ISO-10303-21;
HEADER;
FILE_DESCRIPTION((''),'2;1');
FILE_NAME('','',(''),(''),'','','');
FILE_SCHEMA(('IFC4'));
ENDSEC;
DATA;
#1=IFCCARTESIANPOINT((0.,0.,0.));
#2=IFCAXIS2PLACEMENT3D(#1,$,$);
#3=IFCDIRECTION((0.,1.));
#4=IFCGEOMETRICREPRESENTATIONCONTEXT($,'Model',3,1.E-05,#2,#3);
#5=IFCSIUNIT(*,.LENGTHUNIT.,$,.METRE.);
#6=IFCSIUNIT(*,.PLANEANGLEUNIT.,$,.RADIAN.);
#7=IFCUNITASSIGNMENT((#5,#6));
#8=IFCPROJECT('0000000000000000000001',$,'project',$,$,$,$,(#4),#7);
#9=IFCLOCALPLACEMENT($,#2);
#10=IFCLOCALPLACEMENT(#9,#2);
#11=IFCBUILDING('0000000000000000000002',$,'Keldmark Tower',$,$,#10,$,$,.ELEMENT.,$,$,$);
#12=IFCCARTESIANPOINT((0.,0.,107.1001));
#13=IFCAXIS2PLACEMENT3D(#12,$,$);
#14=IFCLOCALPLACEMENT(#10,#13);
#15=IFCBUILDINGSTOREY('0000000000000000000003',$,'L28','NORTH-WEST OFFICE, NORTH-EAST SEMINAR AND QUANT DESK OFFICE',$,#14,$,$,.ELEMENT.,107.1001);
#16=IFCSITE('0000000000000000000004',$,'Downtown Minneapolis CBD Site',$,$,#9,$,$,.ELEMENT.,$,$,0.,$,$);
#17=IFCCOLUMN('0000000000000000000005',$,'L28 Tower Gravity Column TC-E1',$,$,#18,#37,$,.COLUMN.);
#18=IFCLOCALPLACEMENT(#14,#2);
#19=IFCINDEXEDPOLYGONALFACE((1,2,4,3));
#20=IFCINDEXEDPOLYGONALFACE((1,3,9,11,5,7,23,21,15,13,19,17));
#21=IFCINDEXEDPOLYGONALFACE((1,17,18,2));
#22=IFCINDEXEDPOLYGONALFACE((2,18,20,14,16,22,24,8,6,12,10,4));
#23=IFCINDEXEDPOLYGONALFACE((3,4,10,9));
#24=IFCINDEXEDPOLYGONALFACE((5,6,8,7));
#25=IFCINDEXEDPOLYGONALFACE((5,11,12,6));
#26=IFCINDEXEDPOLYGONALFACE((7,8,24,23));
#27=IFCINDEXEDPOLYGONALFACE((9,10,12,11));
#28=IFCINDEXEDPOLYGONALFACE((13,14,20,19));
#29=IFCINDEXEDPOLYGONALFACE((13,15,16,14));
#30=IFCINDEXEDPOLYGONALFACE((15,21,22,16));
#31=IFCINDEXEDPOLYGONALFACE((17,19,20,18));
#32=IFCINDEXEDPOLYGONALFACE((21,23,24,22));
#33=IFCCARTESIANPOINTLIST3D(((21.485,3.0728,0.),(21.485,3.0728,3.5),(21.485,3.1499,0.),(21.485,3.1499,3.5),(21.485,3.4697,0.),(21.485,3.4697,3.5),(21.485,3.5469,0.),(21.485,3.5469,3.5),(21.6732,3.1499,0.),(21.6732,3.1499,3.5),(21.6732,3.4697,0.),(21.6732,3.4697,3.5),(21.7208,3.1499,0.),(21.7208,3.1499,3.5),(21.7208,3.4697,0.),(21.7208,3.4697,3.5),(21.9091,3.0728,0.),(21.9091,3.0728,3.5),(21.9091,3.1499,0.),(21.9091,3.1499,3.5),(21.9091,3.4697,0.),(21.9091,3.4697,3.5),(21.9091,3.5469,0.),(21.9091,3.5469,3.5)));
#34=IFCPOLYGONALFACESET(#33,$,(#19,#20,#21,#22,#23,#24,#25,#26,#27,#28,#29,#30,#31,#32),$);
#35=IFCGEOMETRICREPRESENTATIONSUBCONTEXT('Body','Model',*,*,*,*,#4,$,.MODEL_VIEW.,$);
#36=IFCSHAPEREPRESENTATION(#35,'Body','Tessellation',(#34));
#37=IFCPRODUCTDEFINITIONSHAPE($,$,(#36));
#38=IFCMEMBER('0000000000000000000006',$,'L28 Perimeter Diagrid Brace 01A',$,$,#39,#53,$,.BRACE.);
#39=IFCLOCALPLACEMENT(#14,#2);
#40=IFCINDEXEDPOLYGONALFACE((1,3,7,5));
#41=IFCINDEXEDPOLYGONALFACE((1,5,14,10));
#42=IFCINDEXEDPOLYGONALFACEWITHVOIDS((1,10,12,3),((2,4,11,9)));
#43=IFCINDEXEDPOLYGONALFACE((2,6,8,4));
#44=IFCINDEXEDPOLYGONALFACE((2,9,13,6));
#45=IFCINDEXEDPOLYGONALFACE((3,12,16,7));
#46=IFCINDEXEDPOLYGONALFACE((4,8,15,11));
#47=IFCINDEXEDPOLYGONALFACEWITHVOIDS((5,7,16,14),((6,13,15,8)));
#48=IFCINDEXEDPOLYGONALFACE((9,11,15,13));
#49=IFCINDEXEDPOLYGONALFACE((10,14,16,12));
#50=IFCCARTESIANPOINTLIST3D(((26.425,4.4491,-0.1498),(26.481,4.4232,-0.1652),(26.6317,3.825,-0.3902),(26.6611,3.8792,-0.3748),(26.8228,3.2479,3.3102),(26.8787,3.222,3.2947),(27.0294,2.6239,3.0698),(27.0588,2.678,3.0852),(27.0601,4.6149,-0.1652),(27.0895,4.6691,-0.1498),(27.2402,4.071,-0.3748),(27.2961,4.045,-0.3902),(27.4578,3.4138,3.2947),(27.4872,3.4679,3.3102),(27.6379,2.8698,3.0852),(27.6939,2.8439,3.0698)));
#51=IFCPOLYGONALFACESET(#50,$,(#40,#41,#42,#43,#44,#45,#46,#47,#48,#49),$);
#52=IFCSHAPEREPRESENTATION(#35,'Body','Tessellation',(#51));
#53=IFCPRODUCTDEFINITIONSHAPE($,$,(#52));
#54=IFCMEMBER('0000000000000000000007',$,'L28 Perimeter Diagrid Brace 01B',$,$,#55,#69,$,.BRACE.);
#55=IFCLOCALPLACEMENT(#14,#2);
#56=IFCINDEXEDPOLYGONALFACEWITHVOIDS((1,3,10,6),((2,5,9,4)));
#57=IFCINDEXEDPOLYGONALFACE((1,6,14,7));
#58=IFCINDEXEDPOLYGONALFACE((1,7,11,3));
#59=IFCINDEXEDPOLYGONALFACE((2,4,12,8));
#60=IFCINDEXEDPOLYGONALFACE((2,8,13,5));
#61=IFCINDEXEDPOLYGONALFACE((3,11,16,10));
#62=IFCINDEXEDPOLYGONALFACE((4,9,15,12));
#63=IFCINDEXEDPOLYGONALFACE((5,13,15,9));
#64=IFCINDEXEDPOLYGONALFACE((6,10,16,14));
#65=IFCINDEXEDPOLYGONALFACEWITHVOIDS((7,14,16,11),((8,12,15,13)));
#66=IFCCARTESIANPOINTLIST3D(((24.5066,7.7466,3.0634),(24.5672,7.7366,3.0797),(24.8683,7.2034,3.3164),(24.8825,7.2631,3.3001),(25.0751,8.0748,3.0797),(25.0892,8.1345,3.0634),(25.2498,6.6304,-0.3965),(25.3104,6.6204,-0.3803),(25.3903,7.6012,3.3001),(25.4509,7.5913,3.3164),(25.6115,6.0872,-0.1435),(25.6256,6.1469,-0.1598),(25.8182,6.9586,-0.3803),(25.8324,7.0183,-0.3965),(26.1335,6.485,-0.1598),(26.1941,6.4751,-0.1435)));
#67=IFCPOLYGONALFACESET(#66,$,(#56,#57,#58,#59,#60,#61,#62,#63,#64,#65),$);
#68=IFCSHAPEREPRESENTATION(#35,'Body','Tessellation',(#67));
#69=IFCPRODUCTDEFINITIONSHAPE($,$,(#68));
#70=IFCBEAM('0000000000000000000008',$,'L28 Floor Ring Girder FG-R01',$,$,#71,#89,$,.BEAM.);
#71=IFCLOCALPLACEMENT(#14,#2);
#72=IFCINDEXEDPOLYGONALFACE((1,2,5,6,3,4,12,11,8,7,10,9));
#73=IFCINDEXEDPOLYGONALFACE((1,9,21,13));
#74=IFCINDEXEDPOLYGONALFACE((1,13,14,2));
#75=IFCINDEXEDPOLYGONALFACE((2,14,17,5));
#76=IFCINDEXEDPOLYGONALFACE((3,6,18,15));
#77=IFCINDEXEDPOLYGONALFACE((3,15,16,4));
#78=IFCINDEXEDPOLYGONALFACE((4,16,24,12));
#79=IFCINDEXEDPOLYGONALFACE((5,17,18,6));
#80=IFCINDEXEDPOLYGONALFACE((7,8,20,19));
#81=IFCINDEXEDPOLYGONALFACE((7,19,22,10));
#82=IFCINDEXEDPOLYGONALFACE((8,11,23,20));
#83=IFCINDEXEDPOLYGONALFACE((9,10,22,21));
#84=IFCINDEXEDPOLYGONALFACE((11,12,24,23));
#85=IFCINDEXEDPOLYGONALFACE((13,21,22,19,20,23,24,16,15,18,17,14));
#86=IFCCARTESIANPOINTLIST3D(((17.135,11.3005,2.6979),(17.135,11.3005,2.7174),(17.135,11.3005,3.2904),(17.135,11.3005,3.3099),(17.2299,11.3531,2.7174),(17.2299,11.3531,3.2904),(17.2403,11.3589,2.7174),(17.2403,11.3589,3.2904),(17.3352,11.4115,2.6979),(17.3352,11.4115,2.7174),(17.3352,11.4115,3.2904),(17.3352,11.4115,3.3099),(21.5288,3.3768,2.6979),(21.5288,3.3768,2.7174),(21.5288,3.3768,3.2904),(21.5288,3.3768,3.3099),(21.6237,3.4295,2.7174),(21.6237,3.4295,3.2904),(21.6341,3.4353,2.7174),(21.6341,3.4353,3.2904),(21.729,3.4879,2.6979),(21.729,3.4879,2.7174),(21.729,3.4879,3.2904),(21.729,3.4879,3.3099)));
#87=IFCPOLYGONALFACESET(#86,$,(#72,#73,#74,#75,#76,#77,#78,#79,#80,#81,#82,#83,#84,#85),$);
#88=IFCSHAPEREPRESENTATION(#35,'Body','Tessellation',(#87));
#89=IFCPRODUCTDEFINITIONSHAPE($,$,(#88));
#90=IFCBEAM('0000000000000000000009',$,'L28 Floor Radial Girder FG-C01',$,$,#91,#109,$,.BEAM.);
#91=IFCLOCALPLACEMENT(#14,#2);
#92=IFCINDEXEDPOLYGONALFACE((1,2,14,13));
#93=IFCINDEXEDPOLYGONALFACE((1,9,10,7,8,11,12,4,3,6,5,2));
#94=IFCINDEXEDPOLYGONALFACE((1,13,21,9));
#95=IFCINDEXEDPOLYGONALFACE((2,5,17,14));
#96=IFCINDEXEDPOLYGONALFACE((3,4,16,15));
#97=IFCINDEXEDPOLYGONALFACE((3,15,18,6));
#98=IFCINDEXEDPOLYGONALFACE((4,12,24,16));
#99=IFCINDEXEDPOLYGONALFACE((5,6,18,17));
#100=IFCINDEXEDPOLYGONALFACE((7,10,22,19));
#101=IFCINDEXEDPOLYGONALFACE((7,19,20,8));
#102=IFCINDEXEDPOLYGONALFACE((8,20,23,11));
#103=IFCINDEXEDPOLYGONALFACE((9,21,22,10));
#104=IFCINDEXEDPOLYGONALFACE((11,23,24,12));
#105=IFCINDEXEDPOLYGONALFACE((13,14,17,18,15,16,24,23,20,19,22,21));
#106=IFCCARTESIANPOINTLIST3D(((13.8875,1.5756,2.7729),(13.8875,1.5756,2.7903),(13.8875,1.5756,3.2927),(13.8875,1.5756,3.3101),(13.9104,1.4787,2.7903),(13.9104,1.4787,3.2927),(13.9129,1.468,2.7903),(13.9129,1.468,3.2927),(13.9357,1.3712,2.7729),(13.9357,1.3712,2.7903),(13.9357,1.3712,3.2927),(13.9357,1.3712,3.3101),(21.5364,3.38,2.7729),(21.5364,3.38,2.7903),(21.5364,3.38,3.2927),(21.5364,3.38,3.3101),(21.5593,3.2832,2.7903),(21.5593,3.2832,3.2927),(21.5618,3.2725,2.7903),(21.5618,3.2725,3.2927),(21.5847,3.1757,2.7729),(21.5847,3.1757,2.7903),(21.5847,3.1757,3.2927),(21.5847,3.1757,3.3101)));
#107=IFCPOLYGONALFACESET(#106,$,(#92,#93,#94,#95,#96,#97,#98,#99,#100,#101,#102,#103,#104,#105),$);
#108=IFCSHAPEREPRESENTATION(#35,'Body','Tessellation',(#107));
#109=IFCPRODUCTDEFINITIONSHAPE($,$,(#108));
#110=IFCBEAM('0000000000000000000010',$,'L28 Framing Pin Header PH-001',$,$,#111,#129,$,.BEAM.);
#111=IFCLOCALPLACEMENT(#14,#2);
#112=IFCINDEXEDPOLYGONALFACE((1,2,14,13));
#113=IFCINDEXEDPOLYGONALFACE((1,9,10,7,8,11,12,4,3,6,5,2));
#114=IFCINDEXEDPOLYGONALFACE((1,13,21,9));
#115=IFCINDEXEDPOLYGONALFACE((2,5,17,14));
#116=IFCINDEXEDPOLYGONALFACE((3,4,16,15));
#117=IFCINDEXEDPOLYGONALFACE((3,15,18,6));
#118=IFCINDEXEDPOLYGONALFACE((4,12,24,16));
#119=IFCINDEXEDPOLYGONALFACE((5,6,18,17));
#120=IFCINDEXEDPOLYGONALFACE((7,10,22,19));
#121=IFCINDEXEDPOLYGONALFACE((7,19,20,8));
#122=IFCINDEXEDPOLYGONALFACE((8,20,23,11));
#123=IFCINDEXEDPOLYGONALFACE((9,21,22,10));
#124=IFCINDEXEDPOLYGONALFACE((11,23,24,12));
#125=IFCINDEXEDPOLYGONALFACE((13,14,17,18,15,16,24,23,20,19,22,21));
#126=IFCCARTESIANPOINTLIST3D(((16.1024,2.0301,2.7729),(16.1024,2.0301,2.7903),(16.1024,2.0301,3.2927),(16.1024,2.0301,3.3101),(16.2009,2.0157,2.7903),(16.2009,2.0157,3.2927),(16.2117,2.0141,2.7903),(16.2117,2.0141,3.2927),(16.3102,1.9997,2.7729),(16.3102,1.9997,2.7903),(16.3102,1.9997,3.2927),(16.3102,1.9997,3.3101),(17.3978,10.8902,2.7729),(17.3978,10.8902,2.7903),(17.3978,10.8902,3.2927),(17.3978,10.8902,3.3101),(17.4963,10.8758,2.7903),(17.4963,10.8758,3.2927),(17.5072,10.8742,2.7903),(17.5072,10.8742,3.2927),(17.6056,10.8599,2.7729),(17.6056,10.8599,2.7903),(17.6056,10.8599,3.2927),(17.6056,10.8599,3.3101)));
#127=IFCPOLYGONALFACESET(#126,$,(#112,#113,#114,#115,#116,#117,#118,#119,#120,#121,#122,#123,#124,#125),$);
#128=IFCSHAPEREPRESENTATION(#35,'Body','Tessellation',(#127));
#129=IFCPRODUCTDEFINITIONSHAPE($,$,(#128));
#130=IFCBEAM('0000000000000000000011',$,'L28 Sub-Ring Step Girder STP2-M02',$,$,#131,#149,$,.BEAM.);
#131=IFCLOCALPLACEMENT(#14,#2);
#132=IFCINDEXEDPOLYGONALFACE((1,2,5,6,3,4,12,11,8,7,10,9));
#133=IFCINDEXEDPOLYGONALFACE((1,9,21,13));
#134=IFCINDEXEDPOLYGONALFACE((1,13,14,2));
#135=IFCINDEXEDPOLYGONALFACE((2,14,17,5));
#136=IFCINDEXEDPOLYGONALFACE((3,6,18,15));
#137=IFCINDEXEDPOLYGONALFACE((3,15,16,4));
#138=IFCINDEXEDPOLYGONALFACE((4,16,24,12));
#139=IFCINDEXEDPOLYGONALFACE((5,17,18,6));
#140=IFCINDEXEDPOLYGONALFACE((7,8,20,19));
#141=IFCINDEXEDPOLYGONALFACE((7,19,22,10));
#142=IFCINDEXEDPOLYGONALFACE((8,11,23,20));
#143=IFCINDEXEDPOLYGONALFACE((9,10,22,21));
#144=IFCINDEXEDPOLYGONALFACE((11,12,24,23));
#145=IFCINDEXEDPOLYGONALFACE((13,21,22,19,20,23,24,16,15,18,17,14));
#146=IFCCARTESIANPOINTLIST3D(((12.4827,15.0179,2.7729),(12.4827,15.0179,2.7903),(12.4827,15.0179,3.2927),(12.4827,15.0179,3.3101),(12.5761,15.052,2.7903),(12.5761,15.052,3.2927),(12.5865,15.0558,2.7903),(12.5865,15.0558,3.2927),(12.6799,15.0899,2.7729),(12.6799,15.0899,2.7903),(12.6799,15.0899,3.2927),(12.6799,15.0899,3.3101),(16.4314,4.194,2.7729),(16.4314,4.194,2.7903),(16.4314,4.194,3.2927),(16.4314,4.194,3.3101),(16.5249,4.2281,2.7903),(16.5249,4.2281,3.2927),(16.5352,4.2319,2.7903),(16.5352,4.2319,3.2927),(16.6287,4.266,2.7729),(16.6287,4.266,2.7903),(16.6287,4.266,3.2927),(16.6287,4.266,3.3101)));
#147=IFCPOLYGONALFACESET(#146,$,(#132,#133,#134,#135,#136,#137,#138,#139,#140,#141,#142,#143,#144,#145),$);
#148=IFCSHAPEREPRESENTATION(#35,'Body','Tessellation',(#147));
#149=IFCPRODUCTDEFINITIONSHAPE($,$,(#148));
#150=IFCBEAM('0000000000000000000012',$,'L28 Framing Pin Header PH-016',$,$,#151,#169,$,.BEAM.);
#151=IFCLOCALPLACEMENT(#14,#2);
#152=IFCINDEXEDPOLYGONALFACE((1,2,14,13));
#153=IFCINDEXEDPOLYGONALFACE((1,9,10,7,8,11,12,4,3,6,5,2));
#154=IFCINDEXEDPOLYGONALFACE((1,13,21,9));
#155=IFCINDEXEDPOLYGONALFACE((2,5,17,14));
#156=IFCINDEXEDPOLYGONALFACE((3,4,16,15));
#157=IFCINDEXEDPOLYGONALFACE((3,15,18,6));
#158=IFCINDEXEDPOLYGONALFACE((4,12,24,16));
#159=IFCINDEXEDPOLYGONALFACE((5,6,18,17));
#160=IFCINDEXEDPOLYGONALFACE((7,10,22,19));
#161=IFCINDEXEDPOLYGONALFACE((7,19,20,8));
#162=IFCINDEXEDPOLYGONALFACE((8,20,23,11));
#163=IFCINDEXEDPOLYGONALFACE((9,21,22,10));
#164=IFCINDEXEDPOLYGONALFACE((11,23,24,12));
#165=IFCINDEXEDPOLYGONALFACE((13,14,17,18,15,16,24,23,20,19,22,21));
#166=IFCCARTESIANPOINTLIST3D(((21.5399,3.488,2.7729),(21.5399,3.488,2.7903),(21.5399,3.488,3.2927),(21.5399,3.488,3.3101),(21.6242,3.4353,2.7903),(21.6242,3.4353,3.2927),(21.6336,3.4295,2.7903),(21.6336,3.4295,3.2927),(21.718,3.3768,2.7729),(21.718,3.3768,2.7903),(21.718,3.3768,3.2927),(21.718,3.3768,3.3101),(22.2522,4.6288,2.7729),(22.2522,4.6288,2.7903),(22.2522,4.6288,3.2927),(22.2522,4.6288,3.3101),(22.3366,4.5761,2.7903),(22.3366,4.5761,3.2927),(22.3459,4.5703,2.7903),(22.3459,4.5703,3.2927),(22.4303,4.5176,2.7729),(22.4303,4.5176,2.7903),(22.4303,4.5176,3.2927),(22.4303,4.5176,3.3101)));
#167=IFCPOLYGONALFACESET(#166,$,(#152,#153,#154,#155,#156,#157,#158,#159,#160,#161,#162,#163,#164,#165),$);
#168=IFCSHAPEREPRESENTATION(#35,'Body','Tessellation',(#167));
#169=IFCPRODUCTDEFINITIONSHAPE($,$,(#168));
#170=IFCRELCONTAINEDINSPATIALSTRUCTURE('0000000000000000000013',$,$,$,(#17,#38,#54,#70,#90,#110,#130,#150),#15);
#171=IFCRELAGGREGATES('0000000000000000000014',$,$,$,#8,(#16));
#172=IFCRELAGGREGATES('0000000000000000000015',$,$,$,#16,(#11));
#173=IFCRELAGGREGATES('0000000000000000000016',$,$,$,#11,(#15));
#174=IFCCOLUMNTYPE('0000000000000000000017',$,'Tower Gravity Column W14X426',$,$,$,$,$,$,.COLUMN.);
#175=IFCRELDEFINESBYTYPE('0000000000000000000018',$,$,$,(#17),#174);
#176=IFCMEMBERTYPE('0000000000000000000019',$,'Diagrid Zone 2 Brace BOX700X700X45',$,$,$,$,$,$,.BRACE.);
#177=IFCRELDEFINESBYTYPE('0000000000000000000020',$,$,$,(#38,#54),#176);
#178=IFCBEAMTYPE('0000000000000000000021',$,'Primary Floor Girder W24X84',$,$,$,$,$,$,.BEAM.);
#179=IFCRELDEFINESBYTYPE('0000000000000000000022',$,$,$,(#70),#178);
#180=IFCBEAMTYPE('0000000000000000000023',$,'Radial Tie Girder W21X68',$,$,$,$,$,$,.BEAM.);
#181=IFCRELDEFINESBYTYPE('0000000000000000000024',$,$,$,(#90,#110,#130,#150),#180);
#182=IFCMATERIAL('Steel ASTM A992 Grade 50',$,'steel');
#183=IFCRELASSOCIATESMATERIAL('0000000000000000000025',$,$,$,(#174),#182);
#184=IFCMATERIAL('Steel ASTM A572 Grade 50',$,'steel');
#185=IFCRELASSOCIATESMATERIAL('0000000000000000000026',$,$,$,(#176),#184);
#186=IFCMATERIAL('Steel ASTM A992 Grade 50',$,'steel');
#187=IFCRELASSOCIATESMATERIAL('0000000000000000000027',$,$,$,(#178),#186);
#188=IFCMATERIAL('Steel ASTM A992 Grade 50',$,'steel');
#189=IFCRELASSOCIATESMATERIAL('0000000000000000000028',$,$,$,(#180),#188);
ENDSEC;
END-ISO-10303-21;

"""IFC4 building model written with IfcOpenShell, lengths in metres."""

from ifc_helpers import new_model, si_unit, direction, frame, origin, origin_2d, place, context, subcontext, project, spatial, hollow_rectangle, i_section, extrude, material, material_profile, profile_set, type_object, element, save


model = new_model("IFC4")

# Units and contexts
model_context = context("Model", 3, precision=1e-05, world=origin(), true_north=direction((0.0, 1.0)))
body_context = subcontext(model_context, "Body", "Model", "MODEL_VIEW")
ifc_project = project(units=[si_unit("LENGTHUNIT", "METRE"), si_unit("PLANEANGLEUNIT", "RADIAN")], contexts=[model_context])

# Site, building, storey
site_placement = place(None, origin())
site = spatial("IfcSite", under=ifc_project, at=site_placement, Name="Downtown Minneapolis CBD Site", CompositionType="ELEMENT", RefElevation=0.0)
building_placement = place(site_placement, origin())
building = spatial("IfcBuilding", under=site, at=building_placement, Name="Keldmark Tower", CompositionType="ELEMENT")
storey_placement = place(building_placement, frame((0.0, 0.0, 107.1001)))
storey = spatial("IfcBuildingStorey", under=building, at=storey_placement, Name="L28", Description="NORTH-WEST OFFICE, NORTH-EAST SEMINAR AND QUANT DESK OFFICE", CompositionType="ELEMENT", Elevation=107.1001)

# Column
ifc_material_1 = material(Name="Steel ASTM A992 Grade 50", Category="steel")
ifc_material_profile_1 = material_profile(ifc_material_1, i_section(OverallWidth=0.4241, OverallDepth=0.4741, WebThickness=0.0476, FlangeThickness=0.0771, at=origin_2d()), Name="W14X426")
ifc_profile_set_1 = profile_set([ifc_material_profile_1], Name="Steel ASTM A992 Grade 50")
column_type = type_object("IfcColumnType", Name="Tower Gravity Column W14X426", PredefinedType="COLUMN", material=ifc_profile_set_1)
column_placement = place(storey_placement, frame((21.697, 3.3098, 0.0), z_axis=(0.0, 0.0, 1.0), x_axis=(1.0, 0.0, 0.0)))
element("IfcColumn", 1, at=column_placement, inside=storey, type_object=column_type, Name="L28 Tower Gravity Column TC-E1", PredefinedType="COLUMN", context=body_context, shape_type="SweptSolid", body=[
    extrude(i_section(OverallWidth=0.4241, OverallDepth=0.4741, WebThickness=0.0476, FlangeThickness=0.0771, at=origin_2d()), origin(), (0.0, 0.0, 1.0), 3.5),
])

# Members
ifc_material_2 = material(Name="Steel ASTM A572 Grade 50", Category="steel")
ifc_material_profile_2 = material_profile(ifc_material_2, hollow_rectangle(XDim=0.7, YDim=0.7, WallThickness=0.0449, at=origin_2d()), Name="BOX700X700X45")
ifc_profile_set_2 = profile_set([ifc_material_profile_2], Name="Steel ASTM A572 Grade 50")
member_type = type_object("IfcMemberType", Name="Diagrid Zone 2 Brace BOX700X700X45", PredefinedType="BRACE", material=ifc_profile_set_2)
member_1_placement = place(storey_placement, frame((26.8606, 4.2471, -0.27), z_axis=(0.107953, -0.326046, 0.93917), x_axis=(0.949318, 0.314317, 0.0)))
element("IfcMember", 2, at=member_1_placement, inside=storey, type_object=member_type, Name="L28 Perimeter Diagrid Brace 01A", PredefinedType="BRACE", context=body_context, shape_type="SweptSolid", body=[
    extrude(hollow_rectangle(XDim=0.7, YDim=0.7, WallThickness=0.0449, at=origin_2d()), origin(), (0.0, 0.0, 1.0), 3.6841),
])
member_2_placement = place(storey_placement, frame((25.7219, 6.5527, -0.27), z_axis=(-0.200274, 0.300806, 0.932419), x_axis=(-0.832386, -0.554196, 0.0)))
element("IfcMember", 3, at=member_2_placement, inside=storey, type_object=member_type, Name="L28 Perimeter Diagrid Brace 01B", PredefinedType="BRACE", context=body_context, shape_type="SweptSolid", body=[
    extrude(hollow_rectangle(XDim=0.7, YDim=0.7, WallThickness=0.0449, at=origin_2d()), origin(), (0.0, 0.0, 1.0), 3.7107),
])

# Beams
ifc_material_3 = material(Name="Steel ASTM A992 Grade 50", Category="steel")
ifc_material_profile_3 = material_profile(ifc_material_3, i_section(OverallWidth=0.229, OverallDepth=0.6121, WebThickness=0.012, FlangeThickness=0.0195, at=origin_2d()), Name="W24X84")
ifc_profile_set_3 = profile_set([ifc_material_profile_3], Name="Steel ASTM A992 Grade 50")
beam_type_1 = type_object("IfcBeamType", Name="Primary Floor Girder W24X84", PredefinedType="BEAM", material=ifc_profile_set_3)
beam_1_placement = place(storey_placement, frame((21.6289, 3.4324, 3.0039), z_axis=(-0.484952, 0.874541, 0.0), x_axis=(-0.874541, -0.484952, 0.0)))
element("IfcBeam", 4, at=beam_1_placement, inside=storey, type_object=beam_type_1, Name="L28 Floor Ring Girder FG-R01", PredefinedType="BEAM", context=body_context, shape_type="SweptSolid", body=[
    extrude(i_section(OverallWidth=0.229, OverallDepth=0.6121, WebThickness=0.012, FlangeThickness=0.0195, at=origin_2d()), origin(), (0.0, 0.0, 1.0), 9.0603),
])
ifc_material_4 = material(Name="Steel ASTM A992 Grade 50", Category="steel")
ifc_material_profile_4 = material_profile(ifc_material_4, i_section(OverallWidth=0.21, OverallDepth=0.5371, WebThickness=0.011, FlangeThickness=0.0173, at=origin_2d()), Name="W21X68")
ifc_profile_set_4 = profile_set([ifc_material_profile_4], Name="Steel ASTM A992 Grade 50")
beam_type_2 = type_object("IfcBeamType", Name="Radial Tie Girder W21X68", PredefinedType="BEAM", material=ifc_profile_set_4)
beam_2_placement = place(storey_placement, frame((21.5605, 3.2778, 3.0415), z_axis=(-0.973284, -0.229606, 0.0), x_axis=(0.229606, -0.973284, 0.0)))
element("IfcBeam", 5, at=beam_2_placement, inside=storey, type_object=beam_type_2, Name="L28 Floor Radial Girder FG-C01", PredefinedType="BEAM", context=body_context, shape_type="SweptSolid", body=[
    extrude(i_section(OverallWidth=0.21, OverallDepth=0.5371, WebThickness=0.011, FlangeThickness=0.0173, at=origin_2d()), origin(), (0.0, 0.0, 1.0), 7.8589),
])
beam_3_placement = place(storey_placement, frame((16.2063, 2.0149, 3.0415), z_axis=(0.144669, 0.98948, 0.0), x_axis=(-0.98948, 0.144669, 0.0)))
element("IfcBeam", 6, at=beam_3_placement, inside=storey, type_object=beam_type_2, Name="L28 Framing Pin Header PH-001", PredefinedType="BEAM", context=body_context, shape_type="SweptSolid", body=[
    extrude(i_section(OverallWidth=0.21, OverallDepth=0.5371, WebThickness=0.011, FlangeThickness=0.0173, at=origin_2d()), origin(), (0.0, 0.0, 1.0), 8.9543),
])
beam_4_placement = place(storey_placement, frame((16.53, 4.23, 3.0415), z_axis=(-0.342719, 0.939438, 0.0), x_axis=(-0.939438, -0.342719, 0.0)))
element("IfcBeam", 7, at=beam_4_placement, inside=storey, type_object=beam_type_2, Name="L28 Sub-Ring Step Girder STP2-M02", PredefinedType="BEAM", context=body_context, shape_type="SweptSolid", body=[
    extrude(i_section(OverallWidth=0.21, OverallDepth=0.5371, WebThickness=0.011, FlangeThickness=0.0173, at=origin_2d()), origin(), (0.0, 0.0, 1.0), 11.5217),
])
beam_5_placement = place(storey_placement, frame((21.6289, 3.4324, 3.0415), z_axis=(0.529656, 0.848212, 0.0), x_axis=(-0.848212, 0.529656, 0.0)))
element("IfcBeam", 8, at=beam_5_placement, inside=storey, type_object=beam_type_2, Name="L28 Framing Pin Header PH-016", PredefinedType="BEAM", context=body_context, shape_type="SweptSolid", body=[
    extrude(i_section(OverallWidth=0.21, OverallDepth=0.5371, WebThickness=0.011, FlangeThickness=0.0173, at=origin_2d()), origin(), (0.0, 0.0, 1.0), 1.345),
])

save(model, "model.ifc")
